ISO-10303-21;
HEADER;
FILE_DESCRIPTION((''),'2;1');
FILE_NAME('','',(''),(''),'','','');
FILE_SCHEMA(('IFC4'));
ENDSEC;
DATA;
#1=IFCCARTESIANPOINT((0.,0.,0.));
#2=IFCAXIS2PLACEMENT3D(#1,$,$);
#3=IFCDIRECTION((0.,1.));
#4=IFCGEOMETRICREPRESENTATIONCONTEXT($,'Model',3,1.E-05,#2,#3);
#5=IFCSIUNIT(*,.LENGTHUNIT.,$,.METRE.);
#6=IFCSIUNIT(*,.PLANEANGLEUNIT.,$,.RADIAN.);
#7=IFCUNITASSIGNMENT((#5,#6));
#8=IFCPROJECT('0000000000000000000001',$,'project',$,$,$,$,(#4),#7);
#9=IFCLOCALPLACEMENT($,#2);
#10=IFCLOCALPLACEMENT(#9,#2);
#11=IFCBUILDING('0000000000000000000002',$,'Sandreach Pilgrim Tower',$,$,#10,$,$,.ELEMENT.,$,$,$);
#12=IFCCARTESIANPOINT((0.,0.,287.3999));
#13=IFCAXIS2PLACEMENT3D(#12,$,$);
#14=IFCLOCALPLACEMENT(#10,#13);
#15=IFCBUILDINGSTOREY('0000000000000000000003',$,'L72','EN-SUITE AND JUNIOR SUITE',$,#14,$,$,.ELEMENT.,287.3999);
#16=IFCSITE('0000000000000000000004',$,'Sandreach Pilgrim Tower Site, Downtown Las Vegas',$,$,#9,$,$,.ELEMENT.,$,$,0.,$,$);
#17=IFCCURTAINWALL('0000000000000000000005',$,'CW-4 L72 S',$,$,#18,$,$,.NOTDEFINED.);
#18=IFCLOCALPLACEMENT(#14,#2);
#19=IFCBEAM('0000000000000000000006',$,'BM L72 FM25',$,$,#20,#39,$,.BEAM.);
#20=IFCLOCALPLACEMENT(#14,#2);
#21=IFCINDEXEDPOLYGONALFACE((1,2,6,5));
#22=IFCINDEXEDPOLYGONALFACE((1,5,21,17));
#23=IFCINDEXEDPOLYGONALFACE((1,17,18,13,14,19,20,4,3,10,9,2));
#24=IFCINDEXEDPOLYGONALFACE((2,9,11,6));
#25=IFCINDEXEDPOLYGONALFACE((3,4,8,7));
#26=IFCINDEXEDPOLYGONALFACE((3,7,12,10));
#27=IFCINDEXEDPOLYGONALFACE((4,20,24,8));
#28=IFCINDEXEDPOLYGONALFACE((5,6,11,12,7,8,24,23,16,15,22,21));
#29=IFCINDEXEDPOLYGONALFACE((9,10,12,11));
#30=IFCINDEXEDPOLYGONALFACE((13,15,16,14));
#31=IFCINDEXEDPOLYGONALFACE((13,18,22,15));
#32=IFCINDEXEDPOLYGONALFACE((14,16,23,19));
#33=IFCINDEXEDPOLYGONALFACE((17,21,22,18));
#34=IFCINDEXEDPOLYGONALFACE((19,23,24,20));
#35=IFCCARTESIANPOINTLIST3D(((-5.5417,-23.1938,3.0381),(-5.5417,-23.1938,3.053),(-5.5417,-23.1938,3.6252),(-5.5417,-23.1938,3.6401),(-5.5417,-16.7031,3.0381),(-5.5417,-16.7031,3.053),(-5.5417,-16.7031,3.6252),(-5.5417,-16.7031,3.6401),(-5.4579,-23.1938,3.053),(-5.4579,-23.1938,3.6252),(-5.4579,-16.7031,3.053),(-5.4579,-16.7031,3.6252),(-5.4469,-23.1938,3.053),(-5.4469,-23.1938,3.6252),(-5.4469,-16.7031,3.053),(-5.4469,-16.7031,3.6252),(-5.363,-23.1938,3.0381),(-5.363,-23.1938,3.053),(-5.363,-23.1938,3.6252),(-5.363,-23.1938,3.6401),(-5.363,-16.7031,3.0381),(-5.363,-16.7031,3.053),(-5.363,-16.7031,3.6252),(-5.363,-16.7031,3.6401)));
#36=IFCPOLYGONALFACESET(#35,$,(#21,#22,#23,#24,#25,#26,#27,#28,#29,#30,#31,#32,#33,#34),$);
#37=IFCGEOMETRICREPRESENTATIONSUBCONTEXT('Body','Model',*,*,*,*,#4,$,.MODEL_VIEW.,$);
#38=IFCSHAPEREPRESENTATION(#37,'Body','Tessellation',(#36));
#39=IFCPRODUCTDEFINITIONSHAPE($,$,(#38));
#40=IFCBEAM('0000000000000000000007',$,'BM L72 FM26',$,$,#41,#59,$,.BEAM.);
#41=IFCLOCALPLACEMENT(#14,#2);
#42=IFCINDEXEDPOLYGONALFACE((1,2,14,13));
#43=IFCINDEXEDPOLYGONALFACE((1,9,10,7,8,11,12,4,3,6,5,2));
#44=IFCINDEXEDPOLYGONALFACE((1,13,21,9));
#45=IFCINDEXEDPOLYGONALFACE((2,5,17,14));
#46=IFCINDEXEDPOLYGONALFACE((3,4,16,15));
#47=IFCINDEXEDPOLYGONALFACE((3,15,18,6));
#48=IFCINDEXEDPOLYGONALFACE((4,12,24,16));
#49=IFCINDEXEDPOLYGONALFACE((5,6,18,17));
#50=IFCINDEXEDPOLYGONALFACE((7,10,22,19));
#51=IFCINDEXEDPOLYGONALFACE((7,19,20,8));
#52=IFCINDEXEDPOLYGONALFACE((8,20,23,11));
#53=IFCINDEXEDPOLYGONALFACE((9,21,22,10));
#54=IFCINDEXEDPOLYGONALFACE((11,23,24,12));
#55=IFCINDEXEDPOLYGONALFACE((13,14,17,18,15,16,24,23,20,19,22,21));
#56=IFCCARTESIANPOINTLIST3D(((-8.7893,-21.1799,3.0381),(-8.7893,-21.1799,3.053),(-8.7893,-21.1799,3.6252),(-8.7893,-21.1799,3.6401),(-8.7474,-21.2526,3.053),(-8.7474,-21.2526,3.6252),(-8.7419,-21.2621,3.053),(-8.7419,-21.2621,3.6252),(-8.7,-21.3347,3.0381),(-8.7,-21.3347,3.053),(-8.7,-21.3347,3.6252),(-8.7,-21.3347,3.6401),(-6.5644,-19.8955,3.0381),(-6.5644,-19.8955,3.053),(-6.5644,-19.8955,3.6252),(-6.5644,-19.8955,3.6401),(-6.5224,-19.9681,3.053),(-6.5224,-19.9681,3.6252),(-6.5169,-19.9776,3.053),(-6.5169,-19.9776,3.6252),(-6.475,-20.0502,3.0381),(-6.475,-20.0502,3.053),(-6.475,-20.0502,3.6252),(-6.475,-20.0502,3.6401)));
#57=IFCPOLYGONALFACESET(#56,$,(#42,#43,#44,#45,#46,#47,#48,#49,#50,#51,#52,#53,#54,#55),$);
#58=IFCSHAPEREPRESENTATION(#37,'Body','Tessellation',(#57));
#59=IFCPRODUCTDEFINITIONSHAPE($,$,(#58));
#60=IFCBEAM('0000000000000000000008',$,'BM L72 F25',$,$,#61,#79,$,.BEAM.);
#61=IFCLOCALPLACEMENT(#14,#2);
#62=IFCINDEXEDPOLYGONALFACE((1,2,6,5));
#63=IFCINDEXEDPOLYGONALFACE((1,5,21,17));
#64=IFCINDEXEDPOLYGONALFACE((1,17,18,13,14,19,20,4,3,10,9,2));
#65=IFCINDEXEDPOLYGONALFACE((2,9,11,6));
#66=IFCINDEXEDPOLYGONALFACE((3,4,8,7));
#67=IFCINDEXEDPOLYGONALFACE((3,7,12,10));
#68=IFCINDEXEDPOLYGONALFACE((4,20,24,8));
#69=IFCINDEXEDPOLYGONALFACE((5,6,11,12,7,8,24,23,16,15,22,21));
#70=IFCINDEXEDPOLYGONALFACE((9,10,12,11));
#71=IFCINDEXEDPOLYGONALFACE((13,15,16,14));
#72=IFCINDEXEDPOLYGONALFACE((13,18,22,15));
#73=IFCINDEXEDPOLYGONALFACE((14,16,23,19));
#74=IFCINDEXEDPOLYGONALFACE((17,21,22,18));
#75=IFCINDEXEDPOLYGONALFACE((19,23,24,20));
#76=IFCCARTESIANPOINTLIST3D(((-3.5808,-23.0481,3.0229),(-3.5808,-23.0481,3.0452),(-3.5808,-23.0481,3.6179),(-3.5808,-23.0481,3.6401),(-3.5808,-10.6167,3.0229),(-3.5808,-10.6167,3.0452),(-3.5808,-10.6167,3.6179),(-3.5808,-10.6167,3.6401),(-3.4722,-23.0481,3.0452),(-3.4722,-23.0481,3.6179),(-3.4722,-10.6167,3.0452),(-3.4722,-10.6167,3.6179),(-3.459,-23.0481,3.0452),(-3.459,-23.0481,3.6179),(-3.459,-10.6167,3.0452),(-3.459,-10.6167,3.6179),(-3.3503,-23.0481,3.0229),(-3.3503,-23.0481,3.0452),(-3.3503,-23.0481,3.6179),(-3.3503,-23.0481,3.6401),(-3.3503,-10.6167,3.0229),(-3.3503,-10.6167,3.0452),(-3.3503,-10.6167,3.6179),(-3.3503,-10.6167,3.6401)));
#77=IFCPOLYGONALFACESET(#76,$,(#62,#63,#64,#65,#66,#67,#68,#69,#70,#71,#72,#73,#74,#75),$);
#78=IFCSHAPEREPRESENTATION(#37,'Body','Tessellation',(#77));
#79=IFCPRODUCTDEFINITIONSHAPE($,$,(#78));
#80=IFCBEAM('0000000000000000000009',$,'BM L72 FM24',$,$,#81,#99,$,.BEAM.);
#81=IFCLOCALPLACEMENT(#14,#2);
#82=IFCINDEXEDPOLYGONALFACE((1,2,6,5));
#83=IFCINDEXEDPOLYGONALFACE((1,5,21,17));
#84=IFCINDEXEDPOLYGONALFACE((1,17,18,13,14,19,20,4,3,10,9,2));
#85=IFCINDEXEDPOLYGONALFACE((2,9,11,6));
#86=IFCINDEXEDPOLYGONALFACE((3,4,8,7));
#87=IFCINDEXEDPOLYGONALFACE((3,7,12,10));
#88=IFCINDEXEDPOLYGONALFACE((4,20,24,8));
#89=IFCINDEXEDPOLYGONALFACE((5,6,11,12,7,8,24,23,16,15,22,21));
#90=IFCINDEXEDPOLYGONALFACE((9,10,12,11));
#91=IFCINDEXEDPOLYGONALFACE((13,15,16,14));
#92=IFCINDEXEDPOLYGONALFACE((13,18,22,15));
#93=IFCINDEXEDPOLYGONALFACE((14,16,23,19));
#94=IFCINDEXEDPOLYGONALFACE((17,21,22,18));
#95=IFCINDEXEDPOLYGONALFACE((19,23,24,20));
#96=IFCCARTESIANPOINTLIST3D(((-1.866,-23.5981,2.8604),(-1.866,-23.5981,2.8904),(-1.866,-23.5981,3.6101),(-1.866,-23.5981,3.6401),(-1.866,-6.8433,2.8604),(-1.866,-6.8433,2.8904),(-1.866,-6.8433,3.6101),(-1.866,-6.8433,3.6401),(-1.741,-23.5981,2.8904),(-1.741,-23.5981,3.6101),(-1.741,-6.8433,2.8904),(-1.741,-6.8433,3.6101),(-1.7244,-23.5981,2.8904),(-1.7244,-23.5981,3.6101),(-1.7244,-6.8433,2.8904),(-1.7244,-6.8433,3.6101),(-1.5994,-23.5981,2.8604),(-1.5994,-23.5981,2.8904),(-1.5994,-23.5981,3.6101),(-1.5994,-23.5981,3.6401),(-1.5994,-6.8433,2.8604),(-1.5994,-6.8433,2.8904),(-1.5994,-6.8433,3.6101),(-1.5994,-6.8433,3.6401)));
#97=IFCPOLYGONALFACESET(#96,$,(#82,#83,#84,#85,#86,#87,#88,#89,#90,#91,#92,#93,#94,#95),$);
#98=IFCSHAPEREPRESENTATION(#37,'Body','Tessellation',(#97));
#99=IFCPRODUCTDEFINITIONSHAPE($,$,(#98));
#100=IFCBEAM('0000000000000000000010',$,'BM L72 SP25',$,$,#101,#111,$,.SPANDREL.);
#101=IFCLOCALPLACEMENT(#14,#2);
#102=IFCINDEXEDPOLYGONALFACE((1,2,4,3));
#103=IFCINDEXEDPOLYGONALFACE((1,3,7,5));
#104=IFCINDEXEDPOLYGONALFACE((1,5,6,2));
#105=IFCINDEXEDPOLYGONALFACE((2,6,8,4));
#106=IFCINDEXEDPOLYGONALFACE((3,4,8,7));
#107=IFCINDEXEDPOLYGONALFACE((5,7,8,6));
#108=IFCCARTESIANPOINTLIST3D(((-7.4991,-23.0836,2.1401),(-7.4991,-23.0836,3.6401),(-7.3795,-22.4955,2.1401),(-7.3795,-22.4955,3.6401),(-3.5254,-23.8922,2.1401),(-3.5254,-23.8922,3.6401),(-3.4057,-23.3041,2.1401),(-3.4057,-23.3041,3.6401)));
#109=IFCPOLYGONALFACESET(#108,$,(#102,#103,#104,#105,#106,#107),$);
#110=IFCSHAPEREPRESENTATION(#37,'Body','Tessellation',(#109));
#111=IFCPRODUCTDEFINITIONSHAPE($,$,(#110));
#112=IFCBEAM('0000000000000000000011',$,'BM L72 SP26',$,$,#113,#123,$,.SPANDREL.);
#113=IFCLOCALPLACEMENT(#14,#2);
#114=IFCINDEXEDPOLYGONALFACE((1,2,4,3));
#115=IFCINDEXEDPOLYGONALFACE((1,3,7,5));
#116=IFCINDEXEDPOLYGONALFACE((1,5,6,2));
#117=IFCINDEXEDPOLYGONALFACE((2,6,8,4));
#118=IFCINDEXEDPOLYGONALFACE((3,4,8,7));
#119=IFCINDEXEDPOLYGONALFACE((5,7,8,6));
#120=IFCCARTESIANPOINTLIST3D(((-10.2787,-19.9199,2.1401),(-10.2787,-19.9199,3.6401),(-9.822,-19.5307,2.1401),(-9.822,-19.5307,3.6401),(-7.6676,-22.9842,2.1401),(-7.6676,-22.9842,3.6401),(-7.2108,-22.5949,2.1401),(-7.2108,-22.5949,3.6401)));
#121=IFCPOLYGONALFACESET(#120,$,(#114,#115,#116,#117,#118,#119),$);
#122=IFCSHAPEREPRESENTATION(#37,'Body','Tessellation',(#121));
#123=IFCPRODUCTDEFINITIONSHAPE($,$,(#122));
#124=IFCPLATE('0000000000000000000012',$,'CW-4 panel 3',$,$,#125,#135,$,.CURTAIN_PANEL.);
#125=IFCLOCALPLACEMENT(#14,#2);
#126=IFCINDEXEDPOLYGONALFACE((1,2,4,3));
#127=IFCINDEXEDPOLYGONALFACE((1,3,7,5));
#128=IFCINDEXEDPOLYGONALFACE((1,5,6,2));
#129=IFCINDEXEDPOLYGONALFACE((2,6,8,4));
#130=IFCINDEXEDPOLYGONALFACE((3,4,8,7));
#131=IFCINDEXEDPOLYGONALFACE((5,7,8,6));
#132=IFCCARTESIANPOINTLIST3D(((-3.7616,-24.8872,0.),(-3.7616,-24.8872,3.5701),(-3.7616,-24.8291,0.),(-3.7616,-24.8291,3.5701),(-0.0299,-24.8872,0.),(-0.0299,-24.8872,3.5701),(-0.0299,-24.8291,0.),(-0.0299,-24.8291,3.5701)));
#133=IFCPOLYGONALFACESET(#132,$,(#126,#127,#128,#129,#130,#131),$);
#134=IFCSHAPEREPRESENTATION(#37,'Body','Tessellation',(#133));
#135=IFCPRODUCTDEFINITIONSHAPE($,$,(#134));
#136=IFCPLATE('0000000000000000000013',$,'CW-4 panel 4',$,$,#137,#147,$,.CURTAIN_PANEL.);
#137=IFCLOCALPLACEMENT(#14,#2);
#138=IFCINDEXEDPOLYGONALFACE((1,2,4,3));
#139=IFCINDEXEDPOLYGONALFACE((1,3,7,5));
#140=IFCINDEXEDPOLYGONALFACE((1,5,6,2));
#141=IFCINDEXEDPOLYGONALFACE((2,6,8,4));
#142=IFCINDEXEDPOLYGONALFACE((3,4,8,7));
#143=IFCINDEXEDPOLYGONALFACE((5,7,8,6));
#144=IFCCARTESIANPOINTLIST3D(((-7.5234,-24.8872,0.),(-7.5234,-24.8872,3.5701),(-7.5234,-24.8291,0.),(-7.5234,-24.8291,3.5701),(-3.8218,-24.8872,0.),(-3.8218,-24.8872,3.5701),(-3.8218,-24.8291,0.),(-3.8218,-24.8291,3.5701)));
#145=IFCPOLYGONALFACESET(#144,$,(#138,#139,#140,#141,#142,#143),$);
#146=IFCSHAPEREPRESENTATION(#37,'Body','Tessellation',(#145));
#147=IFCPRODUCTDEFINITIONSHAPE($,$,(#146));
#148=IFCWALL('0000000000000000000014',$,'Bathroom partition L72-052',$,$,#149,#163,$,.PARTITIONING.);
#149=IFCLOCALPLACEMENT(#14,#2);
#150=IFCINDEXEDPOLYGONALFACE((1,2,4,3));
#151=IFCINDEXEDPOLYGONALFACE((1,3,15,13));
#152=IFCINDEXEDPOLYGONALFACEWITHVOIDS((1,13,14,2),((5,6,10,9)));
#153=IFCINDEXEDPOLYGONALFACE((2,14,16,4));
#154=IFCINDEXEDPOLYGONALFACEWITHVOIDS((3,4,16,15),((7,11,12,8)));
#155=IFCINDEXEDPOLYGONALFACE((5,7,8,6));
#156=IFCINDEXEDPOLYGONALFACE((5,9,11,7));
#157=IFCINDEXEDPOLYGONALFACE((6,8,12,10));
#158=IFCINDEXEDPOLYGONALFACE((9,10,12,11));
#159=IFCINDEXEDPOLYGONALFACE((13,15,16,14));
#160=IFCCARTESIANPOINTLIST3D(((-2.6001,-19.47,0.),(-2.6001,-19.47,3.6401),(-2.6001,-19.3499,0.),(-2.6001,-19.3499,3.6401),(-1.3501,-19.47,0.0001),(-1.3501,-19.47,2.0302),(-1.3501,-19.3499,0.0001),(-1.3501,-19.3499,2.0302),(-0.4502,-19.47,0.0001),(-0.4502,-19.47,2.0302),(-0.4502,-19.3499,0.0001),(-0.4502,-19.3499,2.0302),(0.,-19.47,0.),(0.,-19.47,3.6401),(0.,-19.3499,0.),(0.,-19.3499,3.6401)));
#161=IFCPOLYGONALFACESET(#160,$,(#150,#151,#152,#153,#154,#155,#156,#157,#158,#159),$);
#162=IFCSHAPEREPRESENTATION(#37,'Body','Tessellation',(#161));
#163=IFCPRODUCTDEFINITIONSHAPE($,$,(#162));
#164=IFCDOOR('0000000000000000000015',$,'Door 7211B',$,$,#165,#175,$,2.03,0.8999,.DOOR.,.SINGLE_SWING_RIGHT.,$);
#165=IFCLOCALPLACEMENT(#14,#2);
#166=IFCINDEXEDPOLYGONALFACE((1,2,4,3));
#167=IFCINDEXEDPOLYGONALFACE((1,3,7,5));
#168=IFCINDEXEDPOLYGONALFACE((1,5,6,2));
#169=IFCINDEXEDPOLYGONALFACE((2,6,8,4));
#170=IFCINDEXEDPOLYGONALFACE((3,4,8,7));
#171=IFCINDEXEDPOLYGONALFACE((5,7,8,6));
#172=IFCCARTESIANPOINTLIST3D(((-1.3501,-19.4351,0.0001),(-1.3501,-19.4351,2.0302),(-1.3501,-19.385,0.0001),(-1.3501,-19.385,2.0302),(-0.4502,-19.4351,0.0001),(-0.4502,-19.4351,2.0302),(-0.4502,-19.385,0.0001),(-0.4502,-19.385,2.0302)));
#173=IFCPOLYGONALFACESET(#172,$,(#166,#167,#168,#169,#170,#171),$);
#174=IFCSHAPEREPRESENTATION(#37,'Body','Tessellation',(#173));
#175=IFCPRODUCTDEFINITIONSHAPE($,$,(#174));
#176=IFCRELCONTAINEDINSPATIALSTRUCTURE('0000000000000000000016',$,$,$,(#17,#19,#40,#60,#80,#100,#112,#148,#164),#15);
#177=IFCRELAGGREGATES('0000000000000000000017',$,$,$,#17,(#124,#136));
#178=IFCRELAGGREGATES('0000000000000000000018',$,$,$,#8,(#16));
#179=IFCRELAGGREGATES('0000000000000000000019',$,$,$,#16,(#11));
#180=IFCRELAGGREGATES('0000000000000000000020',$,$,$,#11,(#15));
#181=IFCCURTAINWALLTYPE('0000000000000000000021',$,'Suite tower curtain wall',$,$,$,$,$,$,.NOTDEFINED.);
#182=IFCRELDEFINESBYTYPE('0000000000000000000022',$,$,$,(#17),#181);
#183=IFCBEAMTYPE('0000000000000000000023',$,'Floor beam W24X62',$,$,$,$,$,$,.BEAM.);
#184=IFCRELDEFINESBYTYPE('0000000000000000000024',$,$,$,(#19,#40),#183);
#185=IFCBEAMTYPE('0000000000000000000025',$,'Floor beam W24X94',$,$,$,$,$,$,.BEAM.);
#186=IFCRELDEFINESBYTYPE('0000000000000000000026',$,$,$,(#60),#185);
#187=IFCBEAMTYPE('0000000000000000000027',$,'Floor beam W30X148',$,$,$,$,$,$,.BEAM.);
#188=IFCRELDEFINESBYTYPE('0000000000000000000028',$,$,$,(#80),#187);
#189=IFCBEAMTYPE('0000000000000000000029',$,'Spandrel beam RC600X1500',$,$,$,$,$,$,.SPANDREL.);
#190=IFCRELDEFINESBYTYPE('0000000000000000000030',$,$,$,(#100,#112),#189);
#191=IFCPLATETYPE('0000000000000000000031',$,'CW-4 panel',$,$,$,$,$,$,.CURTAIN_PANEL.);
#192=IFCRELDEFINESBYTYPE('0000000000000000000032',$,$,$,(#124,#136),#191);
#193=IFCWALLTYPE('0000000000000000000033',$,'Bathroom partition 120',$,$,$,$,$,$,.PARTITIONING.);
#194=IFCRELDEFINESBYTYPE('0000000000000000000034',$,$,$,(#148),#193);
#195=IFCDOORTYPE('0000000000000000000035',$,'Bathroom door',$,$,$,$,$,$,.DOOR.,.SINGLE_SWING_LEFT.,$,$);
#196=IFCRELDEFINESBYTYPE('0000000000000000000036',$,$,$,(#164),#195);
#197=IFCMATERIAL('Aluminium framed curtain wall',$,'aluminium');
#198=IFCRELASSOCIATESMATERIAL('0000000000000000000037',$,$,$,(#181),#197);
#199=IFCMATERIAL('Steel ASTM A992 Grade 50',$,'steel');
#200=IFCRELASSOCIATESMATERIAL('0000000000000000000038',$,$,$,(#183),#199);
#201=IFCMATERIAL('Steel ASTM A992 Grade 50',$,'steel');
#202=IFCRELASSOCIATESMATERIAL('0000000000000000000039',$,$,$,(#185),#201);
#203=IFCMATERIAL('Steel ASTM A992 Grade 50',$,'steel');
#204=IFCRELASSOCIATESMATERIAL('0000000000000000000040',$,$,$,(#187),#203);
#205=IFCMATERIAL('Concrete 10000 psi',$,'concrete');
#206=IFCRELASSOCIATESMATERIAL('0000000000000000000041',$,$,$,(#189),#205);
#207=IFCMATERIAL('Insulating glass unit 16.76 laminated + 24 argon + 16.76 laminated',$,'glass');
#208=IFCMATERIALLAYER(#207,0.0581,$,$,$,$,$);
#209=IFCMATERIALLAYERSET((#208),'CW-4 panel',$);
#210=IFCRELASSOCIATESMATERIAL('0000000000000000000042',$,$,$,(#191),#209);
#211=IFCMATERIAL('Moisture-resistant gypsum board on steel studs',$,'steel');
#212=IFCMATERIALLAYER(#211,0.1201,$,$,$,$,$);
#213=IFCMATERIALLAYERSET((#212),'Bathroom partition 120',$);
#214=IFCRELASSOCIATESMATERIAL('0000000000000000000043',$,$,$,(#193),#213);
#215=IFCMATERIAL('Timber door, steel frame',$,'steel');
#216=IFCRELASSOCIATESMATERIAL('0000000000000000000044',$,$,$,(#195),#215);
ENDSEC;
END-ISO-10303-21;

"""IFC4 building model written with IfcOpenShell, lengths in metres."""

from ifc_helpers import new_model, si_unit, direction, frame, frame_2d, origin, origin_2d, place, context, subcontext, project, spatial, rectangle, i_section, extrude, material, layer, layer_set, material_profile, profile_set, type_object, element, fill, aggregate, save


model = new_model("IFC4")

# Units and contexts
model_context = context("Model", 3, precision=1e-05, world=origin(), true_north=direction((0.0, 1.0)))
body_context = subcontext(model_context, "Body", "Model", "MODEL_VIEW")
ifc_project = project(units=[si_unit("LENGTHUNIT", "METRE"), si_unit("PLANEANGLEUNIT", "RADIAN")], contexts=[model_context])

# Site, building, storey
site_placement = place(None, origin())
site = spatial("IfcSite", under=ifc_project, at=site_placement, Name="Sandreach Pilgrim Tower Site, Downtown Las Vegas", CompositionType="ELEMENT", RefElevation=0.0)
building_placement = place(site_placement, origin())
building = spatial("IfcBuilding", under=site, at=building_placement, Name="Sandreach Pilgrim Tower", CompositionType="ELEMENT")
storey_placement = place(building_placement, frame((0.0, 0.0, 287.3999)))
storey = spatial("IfcBuildingStorey", under=building, at=storey_placement, Name="L72", Description="EN-SUITE AND JUNIOR SUITE", CompositionType="ELEMENT", Elevation=287.3999)

# Curtain wall
ifc_material_1 = material(Name="Aluminium framed curtain wall", Category="aluminium")
curtain_wall_type = type_object("IfcCurtainWallType", Name="Suite tower curtain wall", PredefinedType="NOTDEFINED", material=ifc_material_1)
curtain_wall_1_placement = place(storey_placement, origin())
curtain_wall_1 = element("IfcCurtainWall", 1, at=curtain_wall_1_placement, inside=storey, type_object=curtain_wall_type, Name="CW-4 L72 S", PredefinedType="NOTDEFINED")

# Beams
ifc_material_2 = material(Name="Steel ASTM A992 Grade 50", Category="steel")
ifc_material_profile_1 = material_profile(ifc_material_2, i_section(OverallWidth=0.1787, OverallDepth=0.6021, WebThickness=0.011, FlangeThickness=0.0149, at=origin_2d()), Name="W24X62")
ifc_profile_set_1 = profile_set([ifc_material_profile_1], Name="Steel ASTM A992 Grade 50")
beam_type_1 = type_object("IfcBeamType", Name="Floor beam W24X62", PredefinedType="BEAM", material=ifc_profile_set_1)
beam_1_placement = place(storey_placement, frame((-5.4524, -23.1938, 3.3391), z_axis=(0.0, 1.0, 0.0), x_axis=(-1.0, 0.0, 0.0)))
element("IfcBeam", 2, at=beam_1_placement, inside=storey, type_object=beam_type_1, Name="BM L72 FM25", PredefinedType="BEAM", context=body_context, shape_type="SweptSolid", body=[
    extrude(i_section(OverallWidth=0.1787, OverallDepth=0.6021, WebThickness=0.011, FlangeThickness=0.0149, at=origin_2d()), origin(), (0.0, 0.0, 1.0), 6.4907),
])
beam_2_placement = place(storey_placement, frame((-8.7446, -21.2573, 3.3391), z_axis=(0.866042, 0.499972, 0.0), x_axis=(-0.499972, 0.866042, 0.0)))
element("IfcBeam", 3, at=beam_2_placement, inside=storey, type_object=beam_type_1, Name="BM L72 FM26", PredefinedType="BEAM", context=body_context, shape_type="SweptSolid", body=[
    extrude(i_section(OverallWidth=0.1787, OverallDepth=0.6021, WebThickness=0.011, FlangeThickness=0.0149, at=origin_2d()), origin(), (0.0, 0.0, 1.0), 2.5691),
])
ifc_material_3 = material(Name="Steel ASTM A992 Grade 50", Category="steel")
ifc_material_profile_2 = material_profile(ifc_material_3, i_section(OverallWidth=0.2305, OverallDepth=0.6172, WebThickness=0.0132, FlangeThickness=0.0222, at=origin_2d()), Name="W24X94")
ifc_profile_set_2 = profile_set([ifc_material_profile_2], Name="Steel ASTM A992 Grade 50")
beam_type_2 = type_object("IfcBeamType", Name="Floor beam W24X94", PredefinedType="BEAM", material=ifc_profile_set_2)
beam_3_placement = place(storey_placement, frame((-3.4656, -23.0481, 3.3315), z_axis=(0.0, 1.0, 0.0), x_axis=(-1.0, 0.0, 0.0)))
element("IfcBeam", 4, at=beam_3_placement, inside=storey, type_object=beam_type_2, Name="BM L72 F25", PredefinedType="BEAM", context=body_context, shape_type="SweptSolid", body=[
    extrude(i_section(OverallWidth=0.2305, OverallDepth=0.6172, WebThickness=0.0132, FlangeThickness=0.0222, at=origin_2d()), origin(), (0.0, 0.0, 1.0), 12.4314),
])
ifc_material_4 = material(Name="Steel ASTM A992 Grade 50", Category="steel")
ifc_material_profile_3 = material_profile(ifc_material_4, i_section(OverallWidth=0.2666, OverallDepth=0.7798, WebThickness=0.0166, FlangeThickness=0.03, at=origin_2d()), Name="W30X148")
ifc_profile_set_3 = profile_set([ifc_material_profile_3], Name="Steel ASTM A992 Grade 50")
beam_type_3 = type_object("IfcBeamType", Name="Floor beam W30X148", PredefinedType="BEAM", material=ifc_profile_set_3)
beam_4_placement = place(storey_placement, frame((-1.7327, -23.5981, 3.2502), z_axis=(0.0, 1.0, 0.0), x_axis=(-1.0, 0.0, 0.0)))
element("IfcBeam", 5, at=beam_4_placement, inside=storey, type_object=beam_type_3, Name="BM L72 FM24", PredefinedType="BEAM", context=body_context, shape_type="SweptSolid", body=[
    extrude(i_section(OverallWidth=0.2666, OverallDepth=0.7798, WebThickness=0.0166, FlangeThickness=0.03, at=origin_2d()), origin(), (0.0, 0.0, 1.0), 16.7549),
])
ifc_material_5 = material(Name="Concrete 10000 psi", Category="concrete")
ifc_material_profile_4 = material_profile(ifc_material_5, rectangle(XDim=0.6001, YDim=1.5, at=origin_2d()), Name="RC600X1500")
ifc_profile_set_4 = profile_set([ifc_material_profile_4], Name="Concrete 10000 psi")
beam_type_4 = type_object("IfcBeamType", Name="Spandrel beam RC600X1500", PredefinedType="SPANDREL", material=ifc_profile_set_4)
beam_5_placement = place(storey_placement, frame((-3.4656, -23.5981, 2.8901), z_axis=(-0.979918, 0.199403, 0.0), x_axis=(-0.199403, -0.979918, 0.0)))
element("IfcBeam", 6, at=beam_5_placement, inside=storey, type_object=beam_type_4, Name="BM L72 SP25", PredefinedType="SPANDREL", context=body_context, shape_type="SweptSolid", body=[
    extrude(rectangle(XDim=0.6001, YDim=1.5, at=origin_2d()), origin(), (0.0, 0.0, 1.0), 4.0552),
])
beam_6_placement = place(storey_placement, frame((-7.4392, -22.7896, 2.8901), z_axis=(-0.648586, 0.761141, 0.0), x_axis=(-0.761141, -0.648586, 0.0)))
element("IfcBeam", 7, at=beam_6_placement, inside=storey, type_object=beam_type_4, Name="BM L72 SP26", PredefinedType="SPANDREL", context=body_context, shape_type="SweptSolid", body=[
    extrude(rectangle(XDim=0.6001, YDim=1.5, at=origin_2d()), origin(), (0.0, 0.0, 1.0), 4.0259),
])

# Plates
ifc_material_6 = material(Name="Insulating glass unit 16.76 laminated + 24 argon + 16.76 laminated", Category="glass")
ifc_layer_1 = layer(ifc_material_6, 0.0581)
ifc_layer_set_1 = layer_set([ifc_layer_1], Name="CW-4 panel")
plate_type = type_object("IfcPlateType", Name="CW-4 panel", PredefinedType="CURTAIN_PANEL", material=ifc_layer_set_1)
plate_1_placement = place(storey_placement, frame((-1.8958, -24.8582, 0.0), z_axis=(0.0, 0.0, 1.0), x_axis=(-1.0, 0.0, 0.0)))
plate_1 = element("IfcPlate", 8, at=plate_1_placement, type_object=plate_type, Name="CW-4 panel 3", PredefinedType="CURTAIN_PANEL", context=body_context, shape_type="SweptSolid", body=[
    extrude(rectangle(XDim=3.7317, YDim=0.0581, at=origin_2d()), origin(), (0.0, 0.0, 1.0), 3.5701),
])
plate_2_placement = place(storey_placement, frame((-5.6726, -24.8582, 0.0), z_axis=(0.0, 0.0, 1.0), x_axis=(-1.0, 0.0, 0.0)))
plate_2 = element("IfcPlate", 9, at=plate_2_placement, type_object=plate_type, Name="CW-4 panel 4", PredefinedType="CURTAIN_PANEL", context=body_context, shape_type="SweptSolid", body=[
    extrude(rectangle(XDim=3.7017, YDim=0.0581, at=origin_2d()), origin(), (0.0, 0.0, 1.0), 3.5701),
])
aggregate(curtain_wall_1, [plate_1, plate_2])

# Wall, opening, door
ifc_material_7 = material(Name="Moisture-resistant gypsum board on steel studs", Category="steel")
ifc_layer_2 = layer(ifc_material_7, 0.1201)
ifc_layer_set_2 = layer_set([ifc_layer_2], Name="Bathroom partition 120")
wall_type_1 = type_object("IfcWallType", Name="Bathroom partition 120", PredefinedType="PARTITIONING", material=ifc_layer_set_2)
wall_1_placement = place(storey_placement, frame((-2.6001, -19.4099, 0.0), z_axis=(0.0, 0.0, 1.0), x_axis=(1.0, 0.0, 0.0)))
wall_1 = element("IfcWall", 10, at=wall_1_placement, inside=storey, type_object=wall_type_1, Name="Bathroom partition L72-052", PredefinedType="PARTITIONING", context=body_context, shape_type="SweptSolid", body=[
    extrude(rectangle(XDim=2.6001, YDim=0.1201, at=frame_2d((1.3, 0.0))), origin(), (0.0, 0.0, 1.0), 3.6401),
])
opening_1_placement = place(wall_1_placement, frame((1.25, 0.0, 0.0)))
opening_1 = element("IfcOpeningElement", 11, at=opening_1_placement, cuts=wall_1, PredefinedType="OPENING", context=body_context, shape_type="SweptSolid", body=[
    extrude(rectangle(XDim=0.8999, YDim=2.03, at=frame_2d((0.45, 1.0151))), frame((0.0, 0.0601, 0.0), z_axis=(0.0, -1.0, 0.0), x_axis=(1.0, 0.0, 0.0)), (0.0, 0.0, 1.0), 0.1201),
])
ifc_material_8 = material(Name="Timber door, steel frame", Category="steel")
door_type_1 = type_object("IfcDoorType", Name="Bathroom door", OperationType="SINGLE_SWING_LEFT", PredefinedType="DOOR", material=ifc_material_8)
door_1_placement = place(opening_1_placement, origin())
door_1 = element("IfcDoor", 12, at=door_1_placement, inside=storey, type_object=door_type_1, Name="Door 7211B", OperationType="SINGLE_SWING_RIGHT", OverallHeight=2.03, OverallWidth=0.8999, PredefinedType="DOOR", context=body_context, shape_type="SweptSolid", body=[
    extrude(rectangle(XDim=0.8999, YDim=2.03, at=frame_2d((0.45, 1.0151))), frame((0.0, 0.0249, 0.0), z_axis=(0.0, -1.0, 0.0), x_axis=(1.0, 0.0, 0.0)), (0.0, 0.0, 1.0), 0.05),
])
fill(opening_1, door_1)

save(model, "model.ifc")
